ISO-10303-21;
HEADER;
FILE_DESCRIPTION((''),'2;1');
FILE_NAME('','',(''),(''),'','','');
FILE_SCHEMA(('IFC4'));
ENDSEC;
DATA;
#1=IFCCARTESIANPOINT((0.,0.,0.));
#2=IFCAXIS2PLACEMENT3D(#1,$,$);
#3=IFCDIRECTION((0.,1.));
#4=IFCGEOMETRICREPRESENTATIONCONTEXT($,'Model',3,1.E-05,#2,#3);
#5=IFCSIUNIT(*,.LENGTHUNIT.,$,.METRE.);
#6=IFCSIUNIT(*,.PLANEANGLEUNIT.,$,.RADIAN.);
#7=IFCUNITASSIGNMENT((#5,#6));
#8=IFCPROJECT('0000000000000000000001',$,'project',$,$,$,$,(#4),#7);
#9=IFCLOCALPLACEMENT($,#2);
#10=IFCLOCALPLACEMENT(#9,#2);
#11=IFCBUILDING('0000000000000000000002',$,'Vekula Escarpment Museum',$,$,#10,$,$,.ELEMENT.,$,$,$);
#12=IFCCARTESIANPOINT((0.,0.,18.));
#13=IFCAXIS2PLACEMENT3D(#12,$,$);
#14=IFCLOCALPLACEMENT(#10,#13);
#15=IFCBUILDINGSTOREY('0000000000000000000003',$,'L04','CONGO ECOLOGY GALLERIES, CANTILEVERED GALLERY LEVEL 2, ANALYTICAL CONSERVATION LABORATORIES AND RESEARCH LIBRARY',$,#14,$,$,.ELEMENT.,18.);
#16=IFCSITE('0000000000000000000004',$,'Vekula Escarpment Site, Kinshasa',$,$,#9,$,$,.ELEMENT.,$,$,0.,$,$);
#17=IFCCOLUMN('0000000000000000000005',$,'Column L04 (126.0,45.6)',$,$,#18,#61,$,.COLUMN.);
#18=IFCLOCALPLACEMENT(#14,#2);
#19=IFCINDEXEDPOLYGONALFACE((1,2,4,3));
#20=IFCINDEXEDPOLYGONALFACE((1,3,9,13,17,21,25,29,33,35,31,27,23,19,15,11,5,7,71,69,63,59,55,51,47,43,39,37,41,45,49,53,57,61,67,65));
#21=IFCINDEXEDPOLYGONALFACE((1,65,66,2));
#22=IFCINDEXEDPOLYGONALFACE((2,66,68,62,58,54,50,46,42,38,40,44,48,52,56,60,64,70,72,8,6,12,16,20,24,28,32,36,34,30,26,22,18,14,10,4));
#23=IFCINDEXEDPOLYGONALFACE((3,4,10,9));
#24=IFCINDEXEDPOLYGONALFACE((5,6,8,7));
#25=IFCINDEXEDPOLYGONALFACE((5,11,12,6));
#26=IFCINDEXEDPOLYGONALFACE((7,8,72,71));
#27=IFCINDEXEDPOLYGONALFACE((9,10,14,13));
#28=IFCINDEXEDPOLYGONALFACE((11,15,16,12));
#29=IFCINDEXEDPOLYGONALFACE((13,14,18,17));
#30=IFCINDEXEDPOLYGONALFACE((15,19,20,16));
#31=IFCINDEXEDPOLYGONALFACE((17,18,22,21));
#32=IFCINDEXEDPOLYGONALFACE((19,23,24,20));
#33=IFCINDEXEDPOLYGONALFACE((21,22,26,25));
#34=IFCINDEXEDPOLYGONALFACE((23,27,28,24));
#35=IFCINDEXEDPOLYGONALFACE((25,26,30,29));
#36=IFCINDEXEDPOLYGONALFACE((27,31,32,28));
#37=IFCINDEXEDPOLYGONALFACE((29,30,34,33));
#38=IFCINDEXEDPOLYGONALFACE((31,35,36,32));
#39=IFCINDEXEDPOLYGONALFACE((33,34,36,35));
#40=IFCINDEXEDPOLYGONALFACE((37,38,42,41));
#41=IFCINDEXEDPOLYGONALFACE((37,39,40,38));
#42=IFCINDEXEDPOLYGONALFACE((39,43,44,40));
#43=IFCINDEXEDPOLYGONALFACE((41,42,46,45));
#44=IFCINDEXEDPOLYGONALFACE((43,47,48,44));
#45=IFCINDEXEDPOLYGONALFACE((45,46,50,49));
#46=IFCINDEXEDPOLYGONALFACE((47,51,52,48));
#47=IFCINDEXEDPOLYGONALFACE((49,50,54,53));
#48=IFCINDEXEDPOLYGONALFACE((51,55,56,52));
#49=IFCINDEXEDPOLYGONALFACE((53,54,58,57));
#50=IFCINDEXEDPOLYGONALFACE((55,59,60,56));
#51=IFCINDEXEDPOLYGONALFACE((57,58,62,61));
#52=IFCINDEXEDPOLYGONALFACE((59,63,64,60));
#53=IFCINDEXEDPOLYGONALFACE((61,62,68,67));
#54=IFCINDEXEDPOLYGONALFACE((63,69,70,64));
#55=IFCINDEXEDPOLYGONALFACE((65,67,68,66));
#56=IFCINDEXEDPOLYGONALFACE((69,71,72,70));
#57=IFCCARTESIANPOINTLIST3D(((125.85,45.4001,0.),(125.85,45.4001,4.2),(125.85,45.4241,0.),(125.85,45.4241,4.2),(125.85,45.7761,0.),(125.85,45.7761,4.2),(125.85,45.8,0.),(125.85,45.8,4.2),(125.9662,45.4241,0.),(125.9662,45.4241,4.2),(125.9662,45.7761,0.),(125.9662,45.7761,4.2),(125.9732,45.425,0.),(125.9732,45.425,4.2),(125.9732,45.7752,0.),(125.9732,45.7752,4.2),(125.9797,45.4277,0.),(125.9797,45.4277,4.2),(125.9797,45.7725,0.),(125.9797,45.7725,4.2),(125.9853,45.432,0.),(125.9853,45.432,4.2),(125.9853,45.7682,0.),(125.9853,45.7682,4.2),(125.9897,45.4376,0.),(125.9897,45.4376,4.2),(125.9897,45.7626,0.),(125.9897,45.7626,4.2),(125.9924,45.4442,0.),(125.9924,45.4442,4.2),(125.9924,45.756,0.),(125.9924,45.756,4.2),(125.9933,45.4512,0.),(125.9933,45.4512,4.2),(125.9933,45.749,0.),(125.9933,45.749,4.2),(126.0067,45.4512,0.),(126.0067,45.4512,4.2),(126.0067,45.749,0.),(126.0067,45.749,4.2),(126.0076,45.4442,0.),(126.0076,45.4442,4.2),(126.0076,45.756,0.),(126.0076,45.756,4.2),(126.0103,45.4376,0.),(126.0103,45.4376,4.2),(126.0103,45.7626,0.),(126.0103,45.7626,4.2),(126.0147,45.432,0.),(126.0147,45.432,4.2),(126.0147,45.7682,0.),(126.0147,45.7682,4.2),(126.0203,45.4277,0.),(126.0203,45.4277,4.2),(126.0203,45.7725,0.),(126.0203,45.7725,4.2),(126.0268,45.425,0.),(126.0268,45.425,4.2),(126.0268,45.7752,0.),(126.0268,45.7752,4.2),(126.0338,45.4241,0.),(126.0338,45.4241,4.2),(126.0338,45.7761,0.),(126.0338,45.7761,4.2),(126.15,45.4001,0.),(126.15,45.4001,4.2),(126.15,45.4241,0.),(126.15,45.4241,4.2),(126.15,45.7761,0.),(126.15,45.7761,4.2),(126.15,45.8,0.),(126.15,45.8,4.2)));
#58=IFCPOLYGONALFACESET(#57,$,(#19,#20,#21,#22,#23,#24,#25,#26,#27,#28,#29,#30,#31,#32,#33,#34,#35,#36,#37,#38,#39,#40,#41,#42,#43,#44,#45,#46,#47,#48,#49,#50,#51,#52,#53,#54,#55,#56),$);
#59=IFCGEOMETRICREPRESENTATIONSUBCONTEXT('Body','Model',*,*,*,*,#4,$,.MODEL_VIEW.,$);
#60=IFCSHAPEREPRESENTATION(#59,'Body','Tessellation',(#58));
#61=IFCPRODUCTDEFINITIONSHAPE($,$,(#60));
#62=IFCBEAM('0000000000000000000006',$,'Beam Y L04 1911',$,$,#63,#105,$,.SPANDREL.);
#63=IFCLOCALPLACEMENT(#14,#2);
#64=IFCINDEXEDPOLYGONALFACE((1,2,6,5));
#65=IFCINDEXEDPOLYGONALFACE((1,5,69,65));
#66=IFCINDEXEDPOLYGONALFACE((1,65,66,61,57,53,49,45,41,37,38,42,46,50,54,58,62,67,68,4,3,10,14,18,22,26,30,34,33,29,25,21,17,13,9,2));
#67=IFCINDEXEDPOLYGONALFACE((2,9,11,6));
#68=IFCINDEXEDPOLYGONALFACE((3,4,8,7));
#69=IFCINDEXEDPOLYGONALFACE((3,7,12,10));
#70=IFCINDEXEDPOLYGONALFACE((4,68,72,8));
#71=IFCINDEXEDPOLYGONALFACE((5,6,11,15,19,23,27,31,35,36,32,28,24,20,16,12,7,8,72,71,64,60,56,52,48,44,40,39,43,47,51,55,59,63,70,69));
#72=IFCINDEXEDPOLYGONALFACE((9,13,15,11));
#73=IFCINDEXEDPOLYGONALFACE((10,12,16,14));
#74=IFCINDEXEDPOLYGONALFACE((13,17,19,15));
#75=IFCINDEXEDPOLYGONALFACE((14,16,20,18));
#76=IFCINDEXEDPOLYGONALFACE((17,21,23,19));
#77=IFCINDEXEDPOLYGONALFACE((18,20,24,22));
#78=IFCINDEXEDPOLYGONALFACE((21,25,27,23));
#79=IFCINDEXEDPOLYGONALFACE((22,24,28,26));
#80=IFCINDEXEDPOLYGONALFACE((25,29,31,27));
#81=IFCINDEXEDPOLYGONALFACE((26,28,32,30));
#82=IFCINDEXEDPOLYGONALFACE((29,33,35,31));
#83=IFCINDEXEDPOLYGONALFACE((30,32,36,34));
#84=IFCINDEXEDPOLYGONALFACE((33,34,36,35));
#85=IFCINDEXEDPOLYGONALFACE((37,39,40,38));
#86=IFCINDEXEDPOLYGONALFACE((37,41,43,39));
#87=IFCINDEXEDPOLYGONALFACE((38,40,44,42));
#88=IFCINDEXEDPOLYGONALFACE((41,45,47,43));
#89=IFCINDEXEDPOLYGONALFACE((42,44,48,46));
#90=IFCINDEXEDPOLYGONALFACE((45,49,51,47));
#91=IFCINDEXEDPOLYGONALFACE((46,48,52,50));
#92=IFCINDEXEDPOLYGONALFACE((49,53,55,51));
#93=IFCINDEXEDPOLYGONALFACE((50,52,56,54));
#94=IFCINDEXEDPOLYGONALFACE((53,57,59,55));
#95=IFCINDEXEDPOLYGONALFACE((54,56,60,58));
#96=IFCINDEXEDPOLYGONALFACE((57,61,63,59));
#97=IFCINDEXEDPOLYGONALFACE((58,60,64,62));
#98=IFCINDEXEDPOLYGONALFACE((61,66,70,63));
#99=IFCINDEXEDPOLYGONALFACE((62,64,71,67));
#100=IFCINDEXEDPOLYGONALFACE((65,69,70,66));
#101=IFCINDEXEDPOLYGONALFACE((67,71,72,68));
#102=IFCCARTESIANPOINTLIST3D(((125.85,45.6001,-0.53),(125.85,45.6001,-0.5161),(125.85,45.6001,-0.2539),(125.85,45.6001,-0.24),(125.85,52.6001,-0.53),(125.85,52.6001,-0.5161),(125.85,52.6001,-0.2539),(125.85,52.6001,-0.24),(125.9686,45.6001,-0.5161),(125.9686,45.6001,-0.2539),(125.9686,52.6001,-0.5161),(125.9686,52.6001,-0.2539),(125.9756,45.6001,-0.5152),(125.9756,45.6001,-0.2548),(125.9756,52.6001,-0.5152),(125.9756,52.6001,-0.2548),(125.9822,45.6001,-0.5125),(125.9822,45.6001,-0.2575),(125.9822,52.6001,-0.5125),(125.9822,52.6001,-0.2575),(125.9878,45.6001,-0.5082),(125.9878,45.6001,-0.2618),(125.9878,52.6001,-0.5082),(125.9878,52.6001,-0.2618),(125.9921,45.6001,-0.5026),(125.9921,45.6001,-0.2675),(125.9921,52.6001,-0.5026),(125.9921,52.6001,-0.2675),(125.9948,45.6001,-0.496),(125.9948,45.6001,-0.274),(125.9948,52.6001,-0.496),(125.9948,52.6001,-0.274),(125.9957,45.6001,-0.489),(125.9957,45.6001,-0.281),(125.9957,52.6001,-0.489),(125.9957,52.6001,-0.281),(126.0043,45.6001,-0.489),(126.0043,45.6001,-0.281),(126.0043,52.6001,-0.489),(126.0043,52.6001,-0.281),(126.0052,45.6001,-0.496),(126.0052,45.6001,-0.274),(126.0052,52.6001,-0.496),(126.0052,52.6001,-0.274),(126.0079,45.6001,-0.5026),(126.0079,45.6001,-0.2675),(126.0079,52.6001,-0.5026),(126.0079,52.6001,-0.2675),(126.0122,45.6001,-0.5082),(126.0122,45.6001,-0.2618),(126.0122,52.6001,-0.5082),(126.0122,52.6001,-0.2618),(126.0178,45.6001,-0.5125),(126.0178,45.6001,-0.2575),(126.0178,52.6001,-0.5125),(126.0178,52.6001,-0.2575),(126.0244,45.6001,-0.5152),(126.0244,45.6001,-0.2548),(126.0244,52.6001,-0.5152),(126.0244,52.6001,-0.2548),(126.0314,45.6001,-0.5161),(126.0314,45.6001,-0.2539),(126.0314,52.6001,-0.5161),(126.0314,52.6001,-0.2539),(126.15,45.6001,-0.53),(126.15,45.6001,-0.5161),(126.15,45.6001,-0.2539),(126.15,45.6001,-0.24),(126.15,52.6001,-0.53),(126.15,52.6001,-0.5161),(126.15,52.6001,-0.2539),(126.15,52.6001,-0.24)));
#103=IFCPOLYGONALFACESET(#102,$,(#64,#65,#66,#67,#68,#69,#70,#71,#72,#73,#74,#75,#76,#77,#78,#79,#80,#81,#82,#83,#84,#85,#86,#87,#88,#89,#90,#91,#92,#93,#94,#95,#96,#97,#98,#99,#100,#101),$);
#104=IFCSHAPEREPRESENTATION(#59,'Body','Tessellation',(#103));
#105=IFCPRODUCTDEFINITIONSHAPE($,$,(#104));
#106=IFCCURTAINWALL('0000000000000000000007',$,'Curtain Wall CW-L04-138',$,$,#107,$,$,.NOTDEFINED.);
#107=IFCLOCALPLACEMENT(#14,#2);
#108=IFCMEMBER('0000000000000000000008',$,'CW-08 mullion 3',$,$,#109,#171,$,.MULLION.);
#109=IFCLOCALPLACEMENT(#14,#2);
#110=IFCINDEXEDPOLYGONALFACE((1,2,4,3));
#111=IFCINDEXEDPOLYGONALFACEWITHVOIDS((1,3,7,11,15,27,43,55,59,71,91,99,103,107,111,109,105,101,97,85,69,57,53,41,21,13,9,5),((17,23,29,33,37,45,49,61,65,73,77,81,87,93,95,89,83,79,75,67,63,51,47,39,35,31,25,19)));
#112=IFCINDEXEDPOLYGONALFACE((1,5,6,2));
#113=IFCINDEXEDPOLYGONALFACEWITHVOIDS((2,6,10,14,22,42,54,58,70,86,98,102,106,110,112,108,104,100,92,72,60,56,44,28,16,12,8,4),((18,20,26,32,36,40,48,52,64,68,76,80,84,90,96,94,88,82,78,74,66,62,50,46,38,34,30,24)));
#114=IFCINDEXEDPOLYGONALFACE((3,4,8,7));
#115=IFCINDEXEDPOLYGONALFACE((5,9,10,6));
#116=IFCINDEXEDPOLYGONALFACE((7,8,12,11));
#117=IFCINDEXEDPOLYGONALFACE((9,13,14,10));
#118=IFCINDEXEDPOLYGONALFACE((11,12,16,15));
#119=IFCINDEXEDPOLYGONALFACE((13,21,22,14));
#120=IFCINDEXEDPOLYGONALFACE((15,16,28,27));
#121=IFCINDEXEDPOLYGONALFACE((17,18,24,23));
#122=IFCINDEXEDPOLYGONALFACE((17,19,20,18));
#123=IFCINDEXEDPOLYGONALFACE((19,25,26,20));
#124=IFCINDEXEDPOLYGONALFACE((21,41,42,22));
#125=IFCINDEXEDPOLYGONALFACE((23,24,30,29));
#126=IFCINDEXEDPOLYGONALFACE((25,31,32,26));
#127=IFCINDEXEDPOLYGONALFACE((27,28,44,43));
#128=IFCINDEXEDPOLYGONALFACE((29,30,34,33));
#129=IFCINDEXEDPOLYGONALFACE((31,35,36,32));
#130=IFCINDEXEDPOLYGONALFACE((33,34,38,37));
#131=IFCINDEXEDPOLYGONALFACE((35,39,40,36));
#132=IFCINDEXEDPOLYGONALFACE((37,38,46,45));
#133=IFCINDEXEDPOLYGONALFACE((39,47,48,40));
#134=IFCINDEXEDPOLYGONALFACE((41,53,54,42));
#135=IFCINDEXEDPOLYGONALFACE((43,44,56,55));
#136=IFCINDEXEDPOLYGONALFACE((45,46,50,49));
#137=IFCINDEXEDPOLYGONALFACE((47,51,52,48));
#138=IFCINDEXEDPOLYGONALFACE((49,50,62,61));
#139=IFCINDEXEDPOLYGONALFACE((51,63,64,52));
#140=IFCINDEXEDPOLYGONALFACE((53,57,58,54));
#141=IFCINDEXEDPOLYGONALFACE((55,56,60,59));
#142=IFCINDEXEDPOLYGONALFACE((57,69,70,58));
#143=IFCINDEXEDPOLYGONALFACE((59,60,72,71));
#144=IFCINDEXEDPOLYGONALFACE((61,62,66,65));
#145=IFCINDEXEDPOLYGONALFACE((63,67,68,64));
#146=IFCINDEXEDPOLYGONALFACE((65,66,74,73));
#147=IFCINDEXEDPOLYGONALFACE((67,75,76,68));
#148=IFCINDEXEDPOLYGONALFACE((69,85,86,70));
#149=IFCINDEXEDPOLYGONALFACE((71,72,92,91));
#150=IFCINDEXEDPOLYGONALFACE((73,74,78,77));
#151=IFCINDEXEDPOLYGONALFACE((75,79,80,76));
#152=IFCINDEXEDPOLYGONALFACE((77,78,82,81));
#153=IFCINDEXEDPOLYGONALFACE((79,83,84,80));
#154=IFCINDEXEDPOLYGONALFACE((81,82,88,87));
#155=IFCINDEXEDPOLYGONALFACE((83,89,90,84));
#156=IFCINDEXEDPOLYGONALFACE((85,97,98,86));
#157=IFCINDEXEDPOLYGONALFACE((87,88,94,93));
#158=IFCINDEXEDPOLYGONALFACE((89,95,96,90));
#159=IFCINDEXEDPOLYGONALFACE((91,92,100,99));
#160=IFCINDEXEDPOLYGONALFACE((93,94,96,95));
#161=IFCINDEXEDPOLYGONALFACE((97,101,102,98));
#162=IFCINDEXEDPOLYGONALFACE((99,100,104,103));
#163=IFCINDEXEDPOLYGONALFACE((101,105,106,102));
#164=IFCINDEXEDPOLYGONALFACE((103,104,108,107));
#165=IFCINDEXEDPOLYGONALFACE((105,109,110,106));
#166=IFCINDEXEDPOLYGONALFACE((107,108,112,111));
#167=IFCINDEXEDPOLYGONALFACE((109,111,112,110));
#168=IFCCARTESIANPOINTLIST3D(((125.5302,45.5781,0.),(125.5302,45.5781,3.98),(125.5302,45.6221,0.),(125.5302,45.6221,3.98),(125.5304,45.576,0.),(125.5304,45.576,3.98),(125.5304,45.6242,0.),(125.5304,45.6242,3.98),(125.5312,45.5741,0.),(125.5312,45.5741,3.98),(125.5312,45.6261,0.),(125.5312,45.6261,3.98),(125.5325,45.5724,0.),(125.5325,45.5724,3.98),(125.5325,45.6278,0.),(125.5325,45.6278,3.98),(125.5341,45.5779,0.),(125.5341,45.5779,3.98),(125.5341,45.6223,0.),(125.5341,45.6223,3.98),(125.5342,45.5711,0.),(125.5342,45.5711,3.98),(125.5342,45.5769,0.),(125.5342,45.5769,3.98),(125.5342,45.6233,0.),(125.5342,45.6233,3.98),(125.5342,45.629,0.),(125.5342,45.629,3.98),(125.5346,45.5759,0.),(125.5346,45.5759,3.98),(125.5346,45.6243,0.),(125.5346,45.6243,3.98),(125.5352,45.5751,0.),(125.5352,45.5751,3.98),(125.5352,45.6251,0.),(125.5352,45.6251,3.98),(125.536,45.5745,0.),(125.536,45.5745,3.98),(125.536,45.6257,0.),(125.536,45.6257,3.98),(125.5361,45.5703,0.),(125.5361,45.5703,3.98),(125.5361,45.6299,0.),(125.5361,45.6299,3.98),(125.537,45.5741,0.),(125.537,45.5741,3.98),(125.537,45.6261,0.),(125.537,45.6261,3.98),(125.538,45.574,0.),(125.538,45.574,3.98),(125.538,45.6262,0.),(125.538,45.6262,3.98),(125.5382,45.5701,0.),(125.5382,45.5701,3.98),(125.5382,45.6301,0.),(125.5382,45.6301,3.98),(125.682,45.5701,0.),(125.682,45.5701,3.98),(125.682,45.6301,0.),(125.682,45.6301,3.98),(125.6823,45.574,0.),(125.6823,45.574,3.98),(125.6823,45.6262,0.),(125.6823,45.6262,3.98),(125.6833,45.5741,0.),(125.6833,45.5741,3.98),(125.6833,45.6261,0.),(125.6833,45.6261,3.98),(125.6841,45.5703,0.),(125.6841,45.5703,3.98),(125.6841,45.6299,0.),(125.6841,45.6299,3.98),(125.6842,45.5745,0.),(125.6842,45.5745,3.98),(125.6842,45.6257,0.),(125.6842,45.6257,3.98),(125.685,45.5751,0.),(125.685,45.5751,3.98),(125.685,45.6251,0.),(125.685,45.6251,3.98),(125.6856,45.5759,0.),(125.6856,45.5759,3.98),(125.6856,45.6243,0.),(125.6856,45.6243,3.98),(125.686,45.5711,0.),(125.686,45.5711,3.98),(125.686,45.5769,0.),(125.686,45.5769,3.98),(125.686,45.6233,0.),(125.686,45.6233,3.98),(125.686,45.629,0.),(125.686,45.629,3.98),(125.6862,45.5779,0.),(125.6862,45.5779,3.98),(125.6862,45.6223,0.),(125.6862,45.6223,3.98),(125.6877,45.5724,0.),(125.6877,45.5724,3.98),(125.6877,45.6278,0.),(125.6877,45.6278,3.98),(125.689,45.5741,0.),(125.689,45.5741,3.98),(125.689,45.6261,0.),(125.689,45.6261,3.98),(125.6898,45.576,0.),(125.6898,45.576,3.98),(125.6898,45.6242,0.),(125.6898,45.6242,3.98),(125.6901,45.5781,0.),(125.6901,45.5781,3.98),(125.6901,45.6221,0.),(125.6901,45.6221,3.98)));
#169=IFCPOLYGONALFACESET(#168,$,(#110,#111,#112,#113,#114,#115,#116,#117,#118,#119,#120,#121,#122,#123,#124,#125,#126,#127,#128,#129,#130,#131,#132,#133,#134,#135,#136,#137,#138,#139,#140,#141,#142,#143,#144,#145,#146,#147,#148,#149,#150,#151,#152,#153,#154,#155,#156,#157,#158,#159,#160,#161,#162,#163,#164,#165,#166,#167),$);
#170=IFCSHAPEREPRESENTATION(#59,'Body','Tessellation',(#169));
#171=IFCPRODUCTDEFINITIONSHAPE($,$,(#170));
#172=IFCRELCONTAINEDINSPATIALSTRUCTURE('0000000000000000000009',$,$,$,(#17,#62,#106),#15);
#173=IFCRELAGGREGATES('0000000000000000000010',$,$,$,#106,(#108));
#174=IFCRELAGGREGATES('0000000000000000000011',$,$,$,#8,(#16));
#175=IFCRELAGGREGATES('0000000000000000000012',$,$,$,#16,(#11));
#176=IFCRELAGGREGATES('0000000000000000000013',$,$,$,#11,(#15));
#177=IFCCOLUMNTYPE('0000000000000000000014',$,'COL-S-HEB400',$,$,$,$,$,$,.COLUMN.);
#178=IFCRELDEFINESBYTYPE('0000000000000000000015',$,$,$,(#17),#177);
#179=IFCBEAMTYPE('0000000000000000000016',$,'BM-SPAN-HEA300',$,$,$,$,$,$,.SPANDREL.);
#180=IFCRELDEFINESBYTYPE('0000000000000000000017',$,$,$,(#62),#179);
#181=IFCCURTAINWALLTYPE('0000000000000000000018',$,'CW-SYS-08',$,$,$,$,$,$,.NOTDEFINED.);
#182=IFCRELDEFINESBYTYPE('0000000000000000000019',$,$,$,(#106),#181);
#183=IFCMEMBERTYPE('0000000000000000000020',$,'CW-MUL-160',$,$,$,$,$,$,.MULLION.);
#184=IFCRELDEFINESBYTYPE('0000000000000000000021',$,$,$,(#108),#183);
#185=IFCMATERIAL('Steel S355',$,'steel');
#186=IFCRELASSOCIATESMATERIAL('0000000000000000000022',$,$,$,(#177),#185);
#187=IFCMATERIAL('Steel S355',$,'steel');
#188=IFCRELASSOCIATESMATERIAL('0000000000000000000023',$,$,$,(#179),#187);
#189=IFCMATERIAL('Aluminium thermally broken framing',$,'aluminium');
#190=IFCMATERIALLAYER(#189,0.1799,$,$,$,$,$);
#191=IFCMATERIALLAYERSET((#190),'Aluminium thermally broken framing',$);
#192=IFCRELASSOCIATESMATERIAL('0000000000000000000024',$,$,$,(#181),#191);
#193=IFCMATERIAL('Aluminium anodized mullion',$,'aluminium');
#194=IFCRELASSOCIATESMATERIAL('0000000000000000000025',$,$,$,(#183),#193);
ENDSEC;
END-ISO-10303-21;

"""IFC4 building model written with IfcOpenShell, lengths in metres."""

from ifc_helpers import new_model, si_unit, direction, frame, origin, origin_2d, place, context, subcontext, project, spatial, hollow_rectangle, i_section, extrude, material, layer, layer_set, material_profile, profile_set, type_object, element, aggregate, save


model = new_model("IFC4")

# Units and contexts
model_context = context("Model", 3, precision=1e-05, world=origin(), true_north=direction((0.0, 1.0)))
body_context = subcontext(model_context, "Body", "Model", "MODEL_VIEW")
ifc_project = project(units=[si_unit("LENGTHUNIT", "METRE"), si_unit("PLANEANGLEUNIT", "RADIAN")], contexts=[model_context])

# Site, building, storey
site_placement = place(None, origin())
site = spatial("IfcSite", under=ifc_project, at=site_placement, Name="Vekula Escarpment Site, Kinshasa", CompositionType="ELEMENT", RefElevation=0.0)
building_placement = place(site_placement, origin())
building = spatial("IfcBuilding", under=site, at=building_placement, Name="Vekula Escarpment Museum", CompositionType="ELEMENT")
storey_placement = place(building_placement, frame((0.0, 0.0, 18.0)))
storey = spatial("IfcBuildingStorey", under=building, at=storey_placement, Name="L04", Description="CONGO ECOLOGY GALLERIES, CANTILEVERED GALLERY LEVEL 2, ANALYTICAL CONSERVATION LABORATORIES AND RESEARCH LIBRARY", CompositionType="ELEMENT", Elevation=18.0)

# Column
ifc_material_1 = material(Name="Steel S355", Category="steel")
ifc_material_profile_1 = material_profile(ifc_material_1, i_section(OverallWidth=0.3, OverallDepth=0.3999, WebThickness=0.0134, FlangeThickness=0.0239, FilletRadius=0.0271, at=origin_2d()), Name="HEB 400")
ifc_profile_set_1 = profile_set([ifc_material_profile_1], Name="Steel S355")
column_type = type_object("IfcColumnType", Name="COL-S-HEB400", PredefinedType="COLUMN", material=ifc_profile_set_1)
column_placement = place(storey_placement, frame((126.0, 45.6001, 0.0), z_axis=(0.0, 0.0, 1.0), x_axis=(1.0, 0.0, 0.0)))
element("IfcColumn", 1, at=column_placement, inside=storey, type_object=column_type, Name="Column L04 (126.0,45.6)", PredefinedType="COLUMN", context=body_context, shape_type="SweptSolid", body=[
    extrude(i_section(OverallWidth=0.3, OverallDepth=0.3999, WebThickness=0.0134, FlangeThickness=0.0239, FilletRadius=0.0271, at=origin_2d()), origin(), (0.0, 0.0, 1.0), 4.2),
])

# Beam
ifc_material_2 = material(Name="Steel S355", Category="steel")
ifc_material_profile_2 = material_profile(ifc_material_2, i_section(OverallWidth=0.3, OverallDepth=0.29, WebThickness=0.0085, FlangeThickness=0.0139, FilletRadius=0.0271, at=origin_2d()), Name="HEA 300")
ifc_profile_set_2 = profile_set([ifc_material_profile_2], Name="Steel S355")
beam_type = type_object("IfcBeamType", Name="BM-SPAN-HEA300", PredefinedType="SPANDREL", material=ifc_profile_set_2)
beam_placement = place(storey_placement, frame((126.0, 45.6001, -0.385), z_axis=(0.0, 1.0, 0.0), x_axis=(-1.0, 0.0, 0.0)))
element("IfcBeam", 2, at=beam_placement, inside=storey, type_object=beam_type, Name="Beam Y L04 1911", PredefinedType="SPANDREL", context=body_context, shape_type="SweptSolid", body=[
    extrude(i_section(OverallWidth=0.3, OverallDepth=0.29, WebThickness=0.0085, FlangeThickness=0.0139, FilletRadius=0.0271, at=origin_2d()), origin(), (0.0, 0.0, 1.0), 7.0),
])

# Curtain wall, member
ifc_material_3 = material(Name="Aluminium thermally broken framing", Category="aluminium")
ifc_layer_1 = layer(ifc_material_3, 0.1799)
ifc_layer_set_1 = layer_set([ifc_layer_1], Name="Aluminium thermally broken framing")
curtain_wall_type_1 = type_object("IfcCurtainWallType", Name="CW-SYS-08", PredefinedType="NOTDEFINED", material=ifc_layer_set_1)
curtain_wall_1_placement = place(storey_placement, origin())
curtain_wall_1 = element("IfcCurtainWall", 3, at=curtain_wall_1_placement, inside=storey, type_object=curtain_wall_type_1, Name="Curtain Wall CW-L04-138", PredefinedType="NOTDEFINED")
ifc_material_4 = material(Name="Aluminium anodized mullion", Category="aluminium")
ifc_material_profile_3 = material_profile(ifc_material_4, hollow_rectangle(XDim=0.0601, YDim=0.1599, WallThickness=0.0039, InnerFilletRadius=0.0039, OuterFilletRadius=0.0081, at=origin_2d()), Name="ALU 160x60x4")
ifc_profile_set_3 = profile_set([ifc_material_profile_3], Name="Aluminium anodized mullion")
member_type_1 = type_object("IfcMemberType", Name="CW-MUL-160", PredefinedType="MULLION", material=ifc_profile_set_3)
member_1_placement = place(storey_placement, frame((125.6101, 45.6001, 0.0), z_axis=(0.0, 0.0, 1.0), x_axis=(0.0, 1.0, 0.0)))
member_1 = element("IfcMember", 4, at=member_1_placement, type_object=member_type_1, Name="CW-08 mullion 3", PredefinedType="MULLION", context=body_context, shape_type="SweptSolid", body=[
    extrude(hollow_rectangle(XDim=0.0601, YDim=0.1599, WallThickness=0.0039, InnerFilletRadius=0.0039, OuterFilletRadius=0.0081, at=origin_2d()), origin(), (0.0, 0.0, 1.0), 3.98),
])

aggregate(curtain_wall_1, [member_1])

save(model, "model.ifc")
